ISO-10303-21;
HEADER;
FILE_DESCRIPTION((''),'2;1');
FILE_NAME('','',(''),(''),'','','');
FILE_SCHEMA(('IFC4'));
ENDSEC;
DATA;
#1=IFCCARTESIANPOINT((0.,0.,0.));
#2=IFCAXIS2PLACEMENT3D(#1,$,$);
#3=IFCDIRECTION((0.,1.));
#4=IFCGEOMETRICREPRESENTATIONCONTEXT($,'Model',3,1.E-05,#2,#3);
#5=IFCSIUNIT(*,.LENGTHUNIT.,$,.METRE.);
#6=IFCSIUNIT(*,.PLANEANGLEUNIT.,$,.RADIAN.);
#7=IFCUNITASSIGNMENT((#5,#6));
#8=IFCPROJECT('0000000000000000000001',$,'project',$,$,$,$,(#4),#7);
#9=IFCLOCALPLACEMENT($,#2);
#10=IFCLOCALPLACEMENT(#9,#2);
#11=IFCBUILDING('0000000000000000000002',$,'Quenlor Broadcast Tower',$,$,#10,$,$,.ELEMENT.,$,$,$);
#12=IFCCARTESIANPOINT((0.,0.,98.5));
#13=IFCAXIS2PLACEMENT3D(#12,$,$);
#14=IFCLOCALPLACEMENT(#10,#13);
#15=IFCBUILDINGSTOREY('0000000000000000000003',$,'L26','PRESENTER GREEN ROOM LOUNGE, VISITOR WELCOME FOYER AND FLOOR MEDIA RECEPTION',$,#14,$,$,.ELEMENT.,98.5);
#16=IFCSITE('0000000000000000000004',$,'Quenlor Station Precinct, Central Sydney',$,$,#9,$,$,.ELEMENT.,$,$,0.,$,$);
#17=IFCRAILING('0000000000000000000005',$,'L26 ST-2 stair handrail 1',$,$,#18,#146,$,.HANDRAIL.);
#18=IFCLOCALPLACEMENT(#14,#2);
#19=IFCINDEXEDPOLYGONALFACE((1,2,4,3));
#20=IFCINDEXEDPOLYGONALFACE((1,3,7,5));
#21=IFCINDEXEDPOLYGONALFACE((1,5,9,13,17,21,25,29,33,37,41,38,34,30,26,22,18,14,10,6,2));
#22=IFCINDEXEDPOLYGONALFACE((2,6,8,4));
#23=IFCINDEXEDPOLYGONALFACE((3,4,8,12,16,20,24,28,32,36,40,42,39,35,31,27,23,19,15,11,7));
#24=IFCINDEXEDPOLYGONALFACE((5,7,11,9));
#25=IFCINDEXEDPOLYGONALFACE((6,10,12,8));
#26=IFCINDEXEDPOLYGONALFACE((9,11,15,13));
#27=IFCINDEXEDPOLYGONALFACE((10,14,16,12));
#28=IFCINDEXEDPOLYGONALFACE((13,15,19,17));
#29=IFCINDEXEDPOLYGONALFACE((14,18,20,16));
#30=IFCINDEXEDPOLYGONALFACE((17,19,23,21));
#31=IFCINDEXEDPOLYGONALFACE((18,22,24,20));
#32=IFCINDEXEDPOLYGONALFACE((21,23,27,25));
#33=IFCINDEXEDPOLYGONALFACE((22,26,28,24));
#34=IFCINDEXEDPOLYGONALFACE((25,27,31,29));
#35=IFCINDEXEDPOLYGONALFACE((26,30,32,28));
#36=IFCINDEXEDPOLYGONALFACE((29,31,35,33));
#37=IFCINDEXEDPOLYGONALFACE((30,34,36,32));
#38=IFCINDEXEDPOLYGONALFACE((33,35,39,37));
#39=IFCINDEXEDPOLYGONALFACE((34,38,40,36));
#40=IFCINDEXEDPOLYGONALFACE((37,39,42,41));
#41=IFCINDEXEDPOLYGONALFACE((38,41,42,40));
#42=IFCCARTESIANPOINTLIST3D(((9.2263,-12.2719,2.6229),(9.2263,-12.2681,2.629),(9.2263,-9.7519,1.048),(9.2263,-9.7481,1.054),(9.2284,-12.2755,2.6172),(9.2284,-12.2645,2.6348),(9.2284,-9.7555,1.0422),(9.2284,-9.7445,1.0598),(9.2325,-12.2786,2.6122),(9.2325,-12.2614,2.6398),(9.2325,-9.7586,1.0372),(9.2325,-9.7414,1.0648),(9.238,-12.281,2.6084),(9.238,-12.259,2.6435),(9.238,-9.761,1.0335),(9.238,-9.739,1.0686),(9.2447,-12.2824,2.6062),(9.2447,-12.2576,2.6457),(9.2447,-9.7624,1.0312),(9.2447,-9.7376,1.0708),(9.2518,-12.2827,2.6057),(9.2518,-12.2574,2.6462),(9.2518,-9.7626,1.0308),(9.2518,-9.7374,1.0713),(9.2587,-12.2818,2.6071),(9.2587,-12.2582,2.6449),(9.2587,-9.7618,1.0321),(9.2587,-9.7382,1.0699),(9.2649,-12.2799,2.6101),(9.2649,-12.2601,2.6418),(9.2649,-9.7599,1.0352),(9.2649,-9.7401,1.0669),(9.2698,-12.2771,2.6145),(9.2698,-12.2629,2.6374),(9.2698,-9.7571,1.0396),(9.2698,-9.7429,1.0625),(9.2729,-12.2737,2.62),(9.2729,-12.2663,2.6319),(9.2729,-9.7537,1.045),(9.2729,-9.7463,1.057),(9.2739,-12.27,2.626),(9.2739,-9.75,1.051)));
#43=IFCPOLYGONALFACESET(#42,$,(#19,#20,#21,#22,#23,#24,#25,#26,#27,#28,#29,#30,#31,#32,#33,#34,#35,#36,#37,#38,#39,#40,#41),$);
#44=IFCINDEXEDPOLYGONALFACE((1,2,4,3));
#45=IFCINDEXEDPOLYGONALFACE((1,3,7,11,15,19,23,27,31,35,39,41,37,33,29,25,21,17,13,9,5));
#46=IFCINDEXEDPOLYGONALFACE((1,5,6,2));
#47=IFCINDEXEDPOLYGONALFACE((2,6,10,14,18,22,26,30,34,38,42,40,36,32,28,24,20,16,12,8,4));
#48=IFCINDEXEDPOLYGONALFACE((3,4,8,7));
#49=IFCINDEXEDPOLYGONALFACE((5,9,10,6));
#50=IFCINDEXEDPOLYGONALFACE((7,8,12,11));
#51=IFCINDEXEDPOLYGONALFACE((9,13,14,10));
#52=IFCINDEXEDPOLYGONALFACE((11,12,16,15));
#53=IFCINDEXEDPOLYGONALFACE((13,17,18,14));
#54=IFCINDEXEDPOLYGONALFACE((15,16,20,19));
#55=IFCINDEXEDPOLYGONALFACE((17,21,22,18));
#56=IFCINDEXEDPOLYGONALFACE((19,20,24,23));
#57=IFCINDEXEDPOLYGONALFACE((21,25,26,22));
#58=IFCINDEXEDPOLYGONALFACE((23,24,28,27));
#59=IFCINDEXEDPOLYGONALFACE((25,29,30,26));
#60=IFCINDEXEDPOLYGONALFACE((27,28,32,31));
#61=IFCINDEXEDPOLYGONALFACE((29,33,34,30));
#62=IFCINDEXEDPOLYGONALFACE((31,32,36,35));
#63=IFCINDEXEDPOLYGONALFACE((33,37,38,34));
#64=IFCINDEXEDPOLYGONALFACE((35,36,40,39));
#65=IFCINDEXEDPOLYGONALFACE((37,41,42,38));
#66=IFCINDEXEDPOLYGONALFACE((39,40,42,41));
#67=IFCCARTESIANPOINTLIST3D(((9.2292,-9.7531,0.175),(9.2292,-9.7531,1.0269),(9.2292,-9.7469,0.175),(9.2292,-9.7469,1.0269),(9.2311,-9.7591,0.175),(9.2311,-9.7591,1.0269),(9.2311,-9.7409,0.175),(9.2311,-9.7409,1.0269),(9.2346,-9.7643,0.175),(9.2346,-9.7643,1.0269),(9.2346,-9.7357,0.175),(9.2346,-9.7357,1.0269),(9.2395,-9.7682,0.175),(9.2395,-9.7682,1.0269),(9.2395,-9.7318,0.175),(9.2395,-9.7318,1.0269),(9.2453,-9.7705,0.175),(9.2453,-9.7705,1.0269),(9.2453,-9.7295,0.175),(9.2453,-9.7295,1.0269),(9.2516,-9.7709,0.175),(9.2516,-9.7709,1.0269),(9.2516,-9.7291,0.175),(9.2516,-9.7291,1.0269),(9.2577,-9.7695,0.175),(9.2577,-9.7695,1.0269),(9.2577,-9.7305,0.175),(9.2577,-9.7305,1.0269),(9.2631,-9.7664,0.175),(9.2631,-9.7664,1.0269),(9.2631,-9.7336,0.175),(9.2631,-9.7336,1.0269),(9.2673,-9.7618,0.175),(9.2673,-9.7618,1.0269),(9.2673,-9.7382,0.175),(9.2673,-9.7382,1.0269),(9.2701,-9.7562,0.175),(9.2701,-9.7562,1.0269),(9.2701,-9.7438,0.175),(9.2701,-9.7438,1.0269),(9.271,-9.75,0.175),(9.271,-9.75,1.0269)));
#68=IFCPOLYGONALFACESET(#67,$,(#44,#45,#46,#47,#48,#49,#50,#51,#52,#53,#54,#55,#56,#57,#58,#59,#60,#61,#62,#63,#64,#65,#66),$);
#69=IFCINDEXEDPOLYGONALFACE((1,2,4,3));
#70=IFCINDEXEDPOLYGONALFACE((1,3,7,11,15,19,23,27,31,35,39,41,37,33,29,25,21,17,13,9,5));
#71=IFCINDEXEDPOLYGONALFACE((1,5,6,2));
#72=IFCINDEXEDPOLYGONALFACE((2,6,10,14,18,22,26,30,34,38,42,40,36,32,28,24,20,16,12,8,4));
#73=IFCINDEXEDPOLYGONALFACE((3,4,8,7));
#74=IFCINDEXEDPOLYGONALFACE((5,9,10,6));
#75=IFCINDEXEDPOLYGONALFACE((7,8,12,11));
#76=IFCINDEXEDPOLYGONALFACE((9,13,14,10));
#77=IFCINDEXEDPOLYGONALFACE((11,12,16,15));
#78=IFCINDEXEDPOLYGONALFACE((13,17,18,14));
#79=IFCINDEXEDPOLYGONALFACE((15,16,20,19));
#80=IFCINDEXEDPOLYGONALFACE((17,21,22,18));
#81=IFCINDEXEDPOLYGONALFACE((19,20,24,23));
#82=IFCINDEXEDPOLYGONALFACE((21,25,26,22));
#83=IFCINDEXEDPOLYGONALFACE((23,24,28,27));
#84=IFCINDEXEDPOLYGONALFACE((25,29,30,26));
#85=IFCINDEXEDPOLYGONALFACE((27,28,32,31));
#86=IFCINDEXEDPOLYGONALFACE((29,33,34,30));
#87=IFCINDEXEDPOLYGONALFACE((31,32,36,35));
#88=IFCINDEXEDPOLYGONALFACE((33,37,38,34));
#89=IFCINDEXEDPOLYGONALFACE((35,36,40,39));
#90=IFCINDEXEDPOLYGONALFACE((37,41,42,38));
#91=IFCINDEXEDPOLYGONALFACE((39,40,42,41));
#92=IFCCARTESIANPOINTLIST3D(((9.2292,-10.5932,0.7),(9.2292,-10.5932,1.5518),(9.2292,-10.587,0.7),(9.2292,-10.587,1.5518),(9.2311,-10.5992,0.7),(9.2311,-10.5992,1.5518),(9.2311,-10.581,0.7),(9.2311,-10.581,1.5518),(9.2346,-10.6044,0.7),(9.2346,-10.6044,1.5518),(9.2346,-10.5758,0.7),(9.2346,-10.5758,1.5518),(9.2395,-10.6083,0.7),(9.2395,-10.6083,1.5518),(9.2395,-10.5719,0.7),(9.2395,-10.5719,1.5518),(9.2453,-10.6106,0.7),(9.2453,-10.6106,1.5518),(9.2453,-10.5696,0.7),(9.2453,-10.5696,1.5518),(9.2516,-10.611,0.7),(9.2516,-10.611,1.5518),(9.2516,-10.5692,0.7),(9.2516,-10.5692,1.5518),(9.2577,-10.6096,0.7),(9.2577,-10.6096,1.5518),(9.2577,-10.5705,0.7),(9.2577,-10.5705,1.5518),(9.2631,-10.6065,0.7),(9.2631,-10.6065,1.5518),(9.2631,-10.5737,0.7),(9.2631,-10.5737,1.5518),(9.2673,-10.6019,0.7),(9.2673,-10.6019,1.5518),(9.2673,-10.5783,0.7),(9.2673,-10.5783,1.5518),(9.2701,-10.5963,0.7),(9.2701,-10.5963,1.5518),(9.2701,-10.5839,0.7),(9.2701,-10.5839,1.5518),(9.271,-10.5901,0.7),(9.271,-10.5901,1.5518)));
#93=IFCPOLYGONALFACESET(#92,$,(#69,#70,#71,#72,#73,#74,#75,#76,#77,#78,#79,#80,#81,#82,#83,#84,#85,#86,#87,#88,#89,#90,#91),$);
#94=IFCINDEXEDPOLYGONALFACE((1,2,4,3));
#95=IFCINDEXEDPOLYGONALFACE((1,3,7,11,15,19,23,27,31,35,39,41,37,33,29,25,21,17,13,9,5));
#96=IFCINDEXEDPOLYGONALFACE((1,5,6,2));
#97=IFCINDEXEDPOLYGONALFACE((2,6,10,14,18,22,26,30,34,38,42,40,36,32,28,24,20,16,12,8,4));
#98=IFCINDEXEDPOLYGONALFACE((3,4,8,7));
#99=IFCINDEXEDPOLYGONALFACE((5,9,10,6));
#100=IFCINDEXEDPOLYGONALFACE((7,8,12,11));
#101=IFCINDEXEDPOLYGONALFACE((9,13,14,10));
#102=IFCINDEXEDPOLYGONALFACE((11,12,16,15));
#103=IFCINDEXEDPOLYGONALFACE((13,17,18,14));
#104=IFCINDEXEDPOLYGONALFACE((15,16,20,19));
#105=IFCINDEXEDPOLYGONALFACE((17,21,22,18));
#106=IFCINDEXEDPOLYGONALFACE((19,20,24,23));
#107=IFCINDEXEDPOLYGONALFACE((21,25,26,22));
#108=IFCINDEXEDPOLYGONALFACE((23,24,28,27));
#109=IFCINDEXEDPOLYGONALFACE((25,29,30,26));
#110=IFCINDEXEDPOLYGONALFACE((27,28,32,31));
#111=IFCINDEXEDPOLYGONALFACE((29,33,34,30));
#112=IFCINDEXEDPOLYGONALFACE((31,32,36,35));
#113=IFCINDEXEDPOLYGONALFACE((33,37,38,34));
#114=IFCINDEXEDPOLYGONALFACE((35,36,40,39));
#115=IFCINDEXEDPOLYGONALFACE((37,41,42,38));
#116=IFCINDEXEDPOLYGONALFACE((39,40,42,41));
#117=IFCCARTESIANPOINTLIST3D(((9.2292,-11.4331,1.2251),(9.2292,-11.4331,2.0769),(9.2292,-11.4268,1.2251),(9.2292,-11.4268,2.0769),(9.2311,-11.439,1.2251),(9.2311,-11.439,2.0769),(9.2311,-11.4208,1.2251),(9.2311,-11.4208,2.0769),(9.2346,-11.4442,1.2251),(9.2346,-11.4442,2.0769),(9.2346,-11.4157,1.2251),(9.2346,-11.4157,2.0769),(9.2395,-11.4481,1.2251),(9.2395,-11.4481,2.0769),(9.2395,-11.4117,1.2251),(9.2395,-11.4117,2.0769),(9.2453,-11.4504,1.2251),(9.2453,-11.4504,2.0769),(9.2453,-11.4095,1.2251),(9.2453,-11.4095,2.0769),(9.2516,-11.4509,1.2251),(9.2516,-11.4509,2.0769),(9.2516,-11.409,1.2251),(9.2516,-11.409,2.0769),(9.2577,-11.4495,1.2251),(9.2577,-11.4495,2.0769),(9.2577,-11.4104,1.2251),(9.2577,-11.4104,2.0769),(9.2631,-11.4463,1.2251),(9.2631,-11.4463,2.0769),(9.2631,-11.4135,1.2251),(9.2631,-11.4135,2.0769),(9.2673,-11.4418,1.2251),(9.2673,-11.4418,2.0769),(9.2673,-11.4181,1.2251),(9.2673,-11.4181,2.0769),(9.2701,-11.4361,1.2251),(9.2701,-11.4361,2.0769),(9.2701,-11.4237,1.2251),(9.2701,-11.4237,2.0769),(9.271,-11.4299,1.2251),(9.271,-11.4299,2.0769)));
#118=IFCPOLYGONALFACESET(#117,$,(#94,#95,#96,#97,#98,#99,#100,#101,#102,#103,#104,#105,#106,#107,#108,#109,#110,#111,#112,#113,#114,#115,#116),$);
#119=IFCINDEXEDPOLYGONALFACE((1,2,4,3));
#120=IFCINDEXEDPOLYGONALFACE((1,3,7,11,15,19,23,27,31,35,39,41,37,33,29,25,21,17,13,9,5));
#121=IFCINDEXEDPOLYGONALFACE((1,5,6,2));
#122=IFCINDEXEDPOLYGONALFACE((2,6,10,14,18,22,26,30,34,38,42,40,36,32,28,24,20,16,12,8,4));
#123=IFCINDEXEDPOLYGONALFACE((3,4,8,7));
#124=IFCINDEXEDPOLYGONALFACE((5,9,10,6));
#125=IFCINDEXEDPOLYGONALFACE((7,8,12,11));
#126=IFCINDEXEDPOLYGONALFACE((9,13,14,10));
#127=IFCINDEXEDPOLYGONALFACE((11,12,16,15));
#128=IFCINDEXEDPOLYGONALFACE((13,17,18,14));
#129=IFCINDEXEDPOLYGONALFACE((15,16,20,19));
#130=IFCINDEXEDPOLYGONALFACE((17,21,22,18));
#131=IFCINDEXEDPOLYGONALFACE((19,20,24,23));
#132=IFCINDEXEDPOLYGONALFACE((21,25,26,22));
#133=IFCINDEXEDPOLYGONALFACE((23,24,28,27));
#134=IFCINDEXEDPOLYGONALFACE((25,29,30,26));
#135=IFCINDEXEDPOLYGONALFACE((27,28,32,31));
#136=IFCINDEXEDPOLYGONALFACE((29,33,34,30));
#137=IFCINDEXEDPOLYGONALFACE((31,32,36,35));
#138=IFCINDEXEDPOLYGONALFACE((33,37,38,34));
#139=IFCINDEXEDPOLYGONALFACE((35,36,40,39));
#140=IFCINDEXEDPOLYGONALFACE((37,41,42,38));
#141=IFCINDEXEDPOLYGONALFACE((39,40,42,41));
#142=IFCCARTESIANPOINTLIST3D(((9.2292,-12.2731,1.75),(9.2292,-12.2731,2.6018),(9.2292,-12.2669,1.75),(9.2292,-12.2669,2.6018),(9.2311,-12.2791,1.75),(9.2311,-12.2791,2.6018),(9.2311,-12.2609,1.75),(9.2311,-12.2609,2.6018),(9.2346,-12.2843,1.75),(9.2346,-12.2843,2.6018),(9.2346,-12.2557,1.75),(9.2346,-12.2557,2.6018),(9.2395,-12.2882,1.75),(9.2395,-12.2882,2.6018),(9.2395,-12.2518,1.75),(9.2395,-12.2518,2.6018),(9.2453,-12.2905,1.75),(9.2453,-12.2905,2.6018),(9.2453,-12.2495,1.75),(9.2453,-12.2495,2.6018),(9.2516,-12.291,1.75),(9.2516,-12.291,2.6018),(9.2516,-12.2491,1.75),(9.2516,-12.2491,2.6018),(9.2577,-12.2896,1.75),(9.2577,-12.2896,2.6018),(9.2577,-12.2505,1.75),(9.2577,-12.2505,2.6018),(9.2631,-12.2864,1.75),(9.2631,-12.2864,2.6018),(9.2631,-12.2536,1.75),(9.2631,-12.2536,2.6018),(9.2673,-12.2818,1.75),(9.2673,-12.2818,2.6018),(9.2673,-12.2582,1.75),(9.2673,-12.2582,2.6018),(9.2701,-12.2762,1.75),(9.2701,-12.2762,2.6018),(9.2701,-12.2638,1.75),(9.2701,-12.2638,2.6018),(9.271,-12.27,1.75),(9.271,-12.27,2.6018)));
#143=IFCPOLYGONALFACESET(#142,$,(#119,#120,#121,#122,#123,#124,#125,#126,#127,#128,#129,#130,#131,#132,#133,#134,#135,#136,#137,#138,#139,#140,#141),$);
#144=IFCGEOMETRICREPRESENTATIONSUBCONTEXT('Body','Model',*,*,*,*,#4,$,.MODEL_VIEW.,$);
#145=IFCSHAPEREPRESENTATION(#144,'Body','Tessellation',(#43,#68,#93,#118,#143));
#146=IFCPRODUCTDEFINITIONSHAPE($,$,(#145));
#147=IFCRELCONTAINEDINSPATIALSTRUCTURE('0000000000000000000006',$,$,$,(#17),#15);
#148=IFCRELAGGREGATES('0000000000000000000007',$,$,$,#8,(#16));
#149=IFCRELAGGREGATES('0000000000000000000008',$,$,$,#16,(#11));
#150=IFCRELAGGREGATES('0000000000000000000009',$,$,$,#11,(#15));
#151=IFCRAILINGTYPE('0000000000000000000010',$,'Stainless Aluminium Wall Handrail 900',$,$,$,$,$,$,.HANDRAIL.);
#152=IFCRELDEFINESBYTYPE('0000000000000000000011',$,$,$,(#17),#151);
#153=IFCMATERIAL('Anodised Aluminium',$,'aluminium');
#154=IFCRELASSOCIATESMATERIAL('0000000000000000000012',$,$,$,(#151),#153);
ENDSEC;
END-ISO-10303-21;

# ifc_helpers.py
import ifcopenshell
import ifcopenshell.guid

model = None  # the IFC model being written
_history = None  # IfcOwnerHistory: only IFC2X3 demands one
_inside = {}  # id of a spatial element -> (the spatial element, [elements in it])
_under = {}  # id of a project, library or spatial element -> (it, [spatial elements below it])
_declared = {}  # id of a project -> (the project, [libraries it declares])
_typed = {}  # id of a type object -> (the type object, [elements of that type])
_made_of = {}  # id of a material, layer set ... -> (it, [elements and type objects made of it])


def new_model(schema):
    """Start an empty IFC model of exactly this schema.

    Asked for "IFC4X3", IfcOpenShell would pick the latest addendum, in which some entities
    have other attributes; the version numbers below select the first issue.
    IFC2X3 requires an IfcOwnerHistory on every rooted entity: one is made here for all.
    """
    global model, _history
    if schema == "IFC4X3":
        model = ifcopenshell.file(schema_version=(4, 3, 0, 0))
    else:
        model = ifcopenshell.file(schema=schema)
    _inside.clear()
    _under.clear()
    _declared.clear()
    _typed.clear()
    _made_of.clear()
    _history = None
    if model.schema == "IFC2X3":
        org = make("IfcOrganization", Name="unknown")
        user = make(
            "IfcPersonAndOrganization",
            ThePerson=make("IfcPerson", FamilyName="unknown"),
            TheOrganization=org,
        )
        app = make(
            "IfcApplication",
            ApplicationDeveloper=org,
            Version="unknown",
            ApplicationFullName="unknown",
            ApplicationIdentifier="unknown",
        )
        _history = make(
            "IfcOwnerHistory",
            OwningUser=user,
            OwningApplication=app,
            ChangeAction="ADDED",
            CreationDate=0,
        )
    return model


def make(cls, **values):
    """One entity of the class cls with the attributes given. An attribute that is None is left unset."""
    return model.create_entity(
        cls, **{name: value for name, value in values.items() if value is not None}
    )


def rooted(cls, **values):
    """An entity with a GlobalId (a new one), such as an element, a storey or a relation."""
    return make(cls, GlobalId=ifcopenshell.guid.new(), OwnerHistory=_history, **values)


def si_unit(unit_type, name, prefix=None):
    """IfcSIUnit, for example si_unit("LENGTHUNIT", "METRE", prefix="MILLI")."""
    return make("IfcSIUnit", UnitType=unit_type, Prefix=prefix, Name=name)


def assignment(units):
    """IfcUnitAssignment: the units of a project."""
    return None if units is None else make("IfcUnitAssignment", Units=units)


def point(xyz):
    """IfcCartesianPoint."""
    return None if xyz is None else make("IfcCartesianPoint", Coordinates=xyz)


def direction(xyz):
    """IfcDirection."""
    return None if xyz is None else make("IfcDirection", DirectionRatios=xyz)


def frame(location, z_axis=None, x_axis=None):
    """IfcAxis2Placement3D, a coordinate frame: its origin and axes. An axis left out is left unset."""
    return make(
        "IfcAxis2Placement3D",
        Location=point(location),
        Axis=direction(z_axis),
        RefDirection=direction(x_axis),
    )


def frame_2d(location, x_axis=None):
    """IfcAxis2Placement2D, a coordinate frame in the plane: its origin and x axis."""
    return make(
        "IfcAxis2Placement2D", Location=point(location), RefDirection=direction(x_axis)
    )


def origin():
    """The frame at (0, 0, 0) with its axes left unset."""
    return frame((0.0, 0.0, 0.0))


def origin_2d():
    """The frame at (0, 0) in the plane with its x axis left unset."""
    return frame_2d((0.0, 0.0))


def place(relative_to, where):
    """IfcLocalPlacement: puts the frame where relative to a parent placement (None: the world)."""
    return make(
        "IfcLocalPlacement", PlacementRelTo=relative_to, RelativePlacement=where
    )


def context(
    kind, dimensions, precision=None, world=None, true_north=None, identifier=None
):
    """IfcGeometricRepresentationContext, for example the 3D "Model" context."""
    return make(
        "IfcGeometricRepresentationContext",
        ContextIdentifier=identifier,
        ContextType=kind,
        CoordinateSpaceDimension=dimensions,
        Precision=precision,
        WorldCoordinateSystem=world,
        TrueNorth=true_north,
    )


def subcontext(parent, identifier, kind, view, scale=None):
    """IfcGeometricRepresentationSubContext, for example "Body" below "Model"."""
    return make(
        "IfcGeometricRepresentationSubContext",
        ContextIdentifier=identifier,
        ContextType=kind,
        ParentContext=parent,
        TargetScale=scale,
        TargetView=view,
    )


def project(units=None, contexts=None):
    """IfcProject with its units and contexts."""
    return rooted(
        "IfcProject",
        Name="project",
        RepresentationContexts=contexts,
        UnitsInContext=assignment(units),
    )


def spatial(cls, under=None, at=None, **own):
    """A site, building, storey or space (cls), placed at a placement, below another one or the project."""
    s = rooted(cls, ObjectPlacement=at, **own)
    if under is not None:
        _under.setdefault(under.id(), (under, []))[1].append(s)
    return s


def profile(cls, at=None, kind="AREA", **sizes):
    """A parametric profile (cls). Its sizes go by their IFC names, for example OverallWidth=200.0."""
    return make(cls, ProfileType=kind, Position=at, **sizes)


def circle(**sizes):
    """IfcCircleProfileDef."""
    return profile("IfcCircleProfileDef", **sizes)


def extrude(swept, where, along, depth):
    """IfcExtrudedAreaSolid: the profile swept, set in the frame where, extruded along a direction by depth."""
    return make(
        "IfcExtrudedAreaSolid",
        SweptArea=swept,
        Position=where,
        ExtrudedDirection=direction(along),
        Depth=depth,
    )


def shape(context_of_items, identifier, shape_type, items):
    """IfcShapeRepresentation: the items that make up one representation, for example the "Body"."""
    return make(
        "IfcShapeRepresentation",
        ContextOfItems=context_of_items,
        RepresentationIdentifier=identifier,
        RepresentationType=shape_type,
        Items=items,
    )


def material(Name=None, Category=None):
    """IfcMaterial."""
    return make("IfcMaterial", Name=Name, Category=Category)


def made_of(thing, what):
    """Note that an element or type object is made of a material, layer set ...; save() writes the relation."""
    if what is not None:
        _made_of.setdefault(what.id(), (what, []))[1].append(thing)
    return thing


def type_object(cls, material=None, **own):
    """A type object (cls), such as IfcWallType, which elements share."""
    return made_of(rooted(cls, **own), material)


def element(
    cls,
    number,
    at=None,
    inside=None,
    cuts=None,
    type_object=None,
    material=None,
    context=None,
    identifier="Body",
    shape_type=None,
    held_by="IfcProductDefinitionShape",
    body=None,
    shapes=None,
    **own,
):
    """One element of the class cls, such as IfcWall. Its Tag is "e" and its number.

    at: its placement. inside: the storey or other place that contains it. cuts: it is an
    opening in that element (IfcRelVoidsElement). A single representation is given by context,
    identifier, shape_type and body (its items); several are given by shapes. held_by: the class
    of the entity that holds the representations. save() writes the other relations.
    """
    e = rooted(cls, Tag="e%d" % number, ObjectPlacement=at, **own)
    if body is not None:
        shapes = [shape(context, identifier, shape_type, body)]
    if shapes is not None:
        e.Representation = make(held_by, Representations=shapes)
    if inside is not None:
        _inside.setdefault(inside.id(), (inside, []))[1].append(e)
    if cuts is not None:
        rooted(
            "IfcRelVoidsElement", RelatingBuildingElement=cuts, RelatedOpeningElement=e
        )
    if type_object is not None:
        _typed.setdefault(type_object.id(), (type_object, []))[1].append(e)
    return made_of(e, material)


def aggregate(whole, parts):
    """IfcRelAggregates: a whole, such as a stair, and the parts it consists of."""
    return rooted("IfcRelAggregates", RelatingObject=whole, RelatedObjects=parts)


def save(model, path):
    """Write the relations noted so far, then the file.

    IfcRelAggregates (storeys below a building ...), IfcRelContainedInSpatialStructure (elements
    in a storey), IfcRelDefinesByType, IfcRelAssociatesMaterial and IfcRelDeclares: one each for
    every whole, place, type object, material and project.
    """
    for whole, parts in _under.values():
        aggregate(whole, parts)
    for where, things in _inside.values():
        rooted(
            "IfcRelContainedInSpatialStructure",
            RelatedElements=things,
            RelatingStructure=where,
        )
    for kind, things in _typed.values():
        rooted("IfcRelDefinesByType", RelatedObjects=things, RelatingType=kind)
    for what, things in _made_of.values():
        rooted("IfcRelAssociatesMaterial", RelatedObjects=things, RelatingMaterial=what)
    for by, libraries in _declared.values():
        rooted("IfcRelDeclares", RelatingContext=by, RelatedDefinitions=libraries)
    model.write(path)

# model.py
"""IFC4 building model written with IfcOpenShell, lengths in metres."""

from ifc_helpers import new_model, si_unit, direction, frame, origin, origin_2d, place, context, subcontext, project, spatial, circle, extrude, material, type_object, element, save


model = new_model("IFC4")

# Units and contexts
model_context = context("Model", 3, precision=1e-05, world=origin(), true_north=direction((0.0, 1.0)))
body_context = subcontext(model_context, "Body", "Model", "MODEL_VIEW")
ifc_project = project(units=[si_unit("LENGTHUNIT", "METRE"), si_unit("PLANEANGLEUNIT", "RADIAN")], contexts=[model_context])

# Site, building, storey
site_placement = place(None, origin())
site = spatial("IfcSite", under=ifc_project, at=site_placement, Name="Quenlor Station Precinct, Central Sydney", CompositionType="ELEMENT", RefElevation=0.0)
building_placement = place(site_placement, origin())
building = spatial("IfcBuilding", under=site, at=building_placement, Name="Quenlor Broadcast Tower", CompositionType="ELEMENT")
storey_placement = place(building_placement, frame((0.0, 0.0, 98.5)))
storey = spatial("IfcBuildingStorey", under=building, at=storey_placement, Name="L26", Description="PRESENTER GREEN ROOM LOUNGE, VISITOR WELCOME FOYER AND FLOOR MEDIA RECEPTION", CompositionType="ELEMENT", Elevation=98.5)

# Railing
ifc_material_1 = material(Name="Anodised Aluminium", Category="aluminium")
railing_type_1 = type_object("IfcRailingType", Name="Stainless Aluminium Wall Handrail 900", PredefinedType="HANDRAIL", material=ifc_material_1)
railing_1_placement = place(storey_placement, frame((9.25, -9.75, 0.175)))
element("IfcRailing", 1, at=railing_1_placement, inside=storey, type_object=railing_type_1, Name="L26 ST-2 stair handrail 1", PredefinedType="HANDRAIL", context=body_context, shape_type="SweptSolid", body=[
    extrude(circle(Radius=0.0239, at=origin_2d()), frame((0.0, 0.0, 0.876), z_axis=(0.0, -0.848008, 0.529984), x_axis=(1.0, 0.0, 0.0)), (0.0, 0.0, 1.0), 2.9717),
    extrude(circle(Radius=0.021, at=origin_2d()), origin(), (0.0, 0.0, 1.0), 0.8518),
    extrude(circle(Radius=0.021, at=origin_2d()), frame((0.0, -0.8401, 0.5249)), (0.0, 0.0, 1.0), 0.8518),
    extrude(circle(Radius=0.021, at=origin_2d()), frame((0.0, -1.6799, 1.05)), (0.0, 0.0, 1.0), 0.8518),
    extrude(circle(Radius=0.021, at=origin_2d()), frame((0.0, -2.52, 1.575)), (0.0, 0.0, 1.0), 0.8518),
])

save(model, "model.ifc")
